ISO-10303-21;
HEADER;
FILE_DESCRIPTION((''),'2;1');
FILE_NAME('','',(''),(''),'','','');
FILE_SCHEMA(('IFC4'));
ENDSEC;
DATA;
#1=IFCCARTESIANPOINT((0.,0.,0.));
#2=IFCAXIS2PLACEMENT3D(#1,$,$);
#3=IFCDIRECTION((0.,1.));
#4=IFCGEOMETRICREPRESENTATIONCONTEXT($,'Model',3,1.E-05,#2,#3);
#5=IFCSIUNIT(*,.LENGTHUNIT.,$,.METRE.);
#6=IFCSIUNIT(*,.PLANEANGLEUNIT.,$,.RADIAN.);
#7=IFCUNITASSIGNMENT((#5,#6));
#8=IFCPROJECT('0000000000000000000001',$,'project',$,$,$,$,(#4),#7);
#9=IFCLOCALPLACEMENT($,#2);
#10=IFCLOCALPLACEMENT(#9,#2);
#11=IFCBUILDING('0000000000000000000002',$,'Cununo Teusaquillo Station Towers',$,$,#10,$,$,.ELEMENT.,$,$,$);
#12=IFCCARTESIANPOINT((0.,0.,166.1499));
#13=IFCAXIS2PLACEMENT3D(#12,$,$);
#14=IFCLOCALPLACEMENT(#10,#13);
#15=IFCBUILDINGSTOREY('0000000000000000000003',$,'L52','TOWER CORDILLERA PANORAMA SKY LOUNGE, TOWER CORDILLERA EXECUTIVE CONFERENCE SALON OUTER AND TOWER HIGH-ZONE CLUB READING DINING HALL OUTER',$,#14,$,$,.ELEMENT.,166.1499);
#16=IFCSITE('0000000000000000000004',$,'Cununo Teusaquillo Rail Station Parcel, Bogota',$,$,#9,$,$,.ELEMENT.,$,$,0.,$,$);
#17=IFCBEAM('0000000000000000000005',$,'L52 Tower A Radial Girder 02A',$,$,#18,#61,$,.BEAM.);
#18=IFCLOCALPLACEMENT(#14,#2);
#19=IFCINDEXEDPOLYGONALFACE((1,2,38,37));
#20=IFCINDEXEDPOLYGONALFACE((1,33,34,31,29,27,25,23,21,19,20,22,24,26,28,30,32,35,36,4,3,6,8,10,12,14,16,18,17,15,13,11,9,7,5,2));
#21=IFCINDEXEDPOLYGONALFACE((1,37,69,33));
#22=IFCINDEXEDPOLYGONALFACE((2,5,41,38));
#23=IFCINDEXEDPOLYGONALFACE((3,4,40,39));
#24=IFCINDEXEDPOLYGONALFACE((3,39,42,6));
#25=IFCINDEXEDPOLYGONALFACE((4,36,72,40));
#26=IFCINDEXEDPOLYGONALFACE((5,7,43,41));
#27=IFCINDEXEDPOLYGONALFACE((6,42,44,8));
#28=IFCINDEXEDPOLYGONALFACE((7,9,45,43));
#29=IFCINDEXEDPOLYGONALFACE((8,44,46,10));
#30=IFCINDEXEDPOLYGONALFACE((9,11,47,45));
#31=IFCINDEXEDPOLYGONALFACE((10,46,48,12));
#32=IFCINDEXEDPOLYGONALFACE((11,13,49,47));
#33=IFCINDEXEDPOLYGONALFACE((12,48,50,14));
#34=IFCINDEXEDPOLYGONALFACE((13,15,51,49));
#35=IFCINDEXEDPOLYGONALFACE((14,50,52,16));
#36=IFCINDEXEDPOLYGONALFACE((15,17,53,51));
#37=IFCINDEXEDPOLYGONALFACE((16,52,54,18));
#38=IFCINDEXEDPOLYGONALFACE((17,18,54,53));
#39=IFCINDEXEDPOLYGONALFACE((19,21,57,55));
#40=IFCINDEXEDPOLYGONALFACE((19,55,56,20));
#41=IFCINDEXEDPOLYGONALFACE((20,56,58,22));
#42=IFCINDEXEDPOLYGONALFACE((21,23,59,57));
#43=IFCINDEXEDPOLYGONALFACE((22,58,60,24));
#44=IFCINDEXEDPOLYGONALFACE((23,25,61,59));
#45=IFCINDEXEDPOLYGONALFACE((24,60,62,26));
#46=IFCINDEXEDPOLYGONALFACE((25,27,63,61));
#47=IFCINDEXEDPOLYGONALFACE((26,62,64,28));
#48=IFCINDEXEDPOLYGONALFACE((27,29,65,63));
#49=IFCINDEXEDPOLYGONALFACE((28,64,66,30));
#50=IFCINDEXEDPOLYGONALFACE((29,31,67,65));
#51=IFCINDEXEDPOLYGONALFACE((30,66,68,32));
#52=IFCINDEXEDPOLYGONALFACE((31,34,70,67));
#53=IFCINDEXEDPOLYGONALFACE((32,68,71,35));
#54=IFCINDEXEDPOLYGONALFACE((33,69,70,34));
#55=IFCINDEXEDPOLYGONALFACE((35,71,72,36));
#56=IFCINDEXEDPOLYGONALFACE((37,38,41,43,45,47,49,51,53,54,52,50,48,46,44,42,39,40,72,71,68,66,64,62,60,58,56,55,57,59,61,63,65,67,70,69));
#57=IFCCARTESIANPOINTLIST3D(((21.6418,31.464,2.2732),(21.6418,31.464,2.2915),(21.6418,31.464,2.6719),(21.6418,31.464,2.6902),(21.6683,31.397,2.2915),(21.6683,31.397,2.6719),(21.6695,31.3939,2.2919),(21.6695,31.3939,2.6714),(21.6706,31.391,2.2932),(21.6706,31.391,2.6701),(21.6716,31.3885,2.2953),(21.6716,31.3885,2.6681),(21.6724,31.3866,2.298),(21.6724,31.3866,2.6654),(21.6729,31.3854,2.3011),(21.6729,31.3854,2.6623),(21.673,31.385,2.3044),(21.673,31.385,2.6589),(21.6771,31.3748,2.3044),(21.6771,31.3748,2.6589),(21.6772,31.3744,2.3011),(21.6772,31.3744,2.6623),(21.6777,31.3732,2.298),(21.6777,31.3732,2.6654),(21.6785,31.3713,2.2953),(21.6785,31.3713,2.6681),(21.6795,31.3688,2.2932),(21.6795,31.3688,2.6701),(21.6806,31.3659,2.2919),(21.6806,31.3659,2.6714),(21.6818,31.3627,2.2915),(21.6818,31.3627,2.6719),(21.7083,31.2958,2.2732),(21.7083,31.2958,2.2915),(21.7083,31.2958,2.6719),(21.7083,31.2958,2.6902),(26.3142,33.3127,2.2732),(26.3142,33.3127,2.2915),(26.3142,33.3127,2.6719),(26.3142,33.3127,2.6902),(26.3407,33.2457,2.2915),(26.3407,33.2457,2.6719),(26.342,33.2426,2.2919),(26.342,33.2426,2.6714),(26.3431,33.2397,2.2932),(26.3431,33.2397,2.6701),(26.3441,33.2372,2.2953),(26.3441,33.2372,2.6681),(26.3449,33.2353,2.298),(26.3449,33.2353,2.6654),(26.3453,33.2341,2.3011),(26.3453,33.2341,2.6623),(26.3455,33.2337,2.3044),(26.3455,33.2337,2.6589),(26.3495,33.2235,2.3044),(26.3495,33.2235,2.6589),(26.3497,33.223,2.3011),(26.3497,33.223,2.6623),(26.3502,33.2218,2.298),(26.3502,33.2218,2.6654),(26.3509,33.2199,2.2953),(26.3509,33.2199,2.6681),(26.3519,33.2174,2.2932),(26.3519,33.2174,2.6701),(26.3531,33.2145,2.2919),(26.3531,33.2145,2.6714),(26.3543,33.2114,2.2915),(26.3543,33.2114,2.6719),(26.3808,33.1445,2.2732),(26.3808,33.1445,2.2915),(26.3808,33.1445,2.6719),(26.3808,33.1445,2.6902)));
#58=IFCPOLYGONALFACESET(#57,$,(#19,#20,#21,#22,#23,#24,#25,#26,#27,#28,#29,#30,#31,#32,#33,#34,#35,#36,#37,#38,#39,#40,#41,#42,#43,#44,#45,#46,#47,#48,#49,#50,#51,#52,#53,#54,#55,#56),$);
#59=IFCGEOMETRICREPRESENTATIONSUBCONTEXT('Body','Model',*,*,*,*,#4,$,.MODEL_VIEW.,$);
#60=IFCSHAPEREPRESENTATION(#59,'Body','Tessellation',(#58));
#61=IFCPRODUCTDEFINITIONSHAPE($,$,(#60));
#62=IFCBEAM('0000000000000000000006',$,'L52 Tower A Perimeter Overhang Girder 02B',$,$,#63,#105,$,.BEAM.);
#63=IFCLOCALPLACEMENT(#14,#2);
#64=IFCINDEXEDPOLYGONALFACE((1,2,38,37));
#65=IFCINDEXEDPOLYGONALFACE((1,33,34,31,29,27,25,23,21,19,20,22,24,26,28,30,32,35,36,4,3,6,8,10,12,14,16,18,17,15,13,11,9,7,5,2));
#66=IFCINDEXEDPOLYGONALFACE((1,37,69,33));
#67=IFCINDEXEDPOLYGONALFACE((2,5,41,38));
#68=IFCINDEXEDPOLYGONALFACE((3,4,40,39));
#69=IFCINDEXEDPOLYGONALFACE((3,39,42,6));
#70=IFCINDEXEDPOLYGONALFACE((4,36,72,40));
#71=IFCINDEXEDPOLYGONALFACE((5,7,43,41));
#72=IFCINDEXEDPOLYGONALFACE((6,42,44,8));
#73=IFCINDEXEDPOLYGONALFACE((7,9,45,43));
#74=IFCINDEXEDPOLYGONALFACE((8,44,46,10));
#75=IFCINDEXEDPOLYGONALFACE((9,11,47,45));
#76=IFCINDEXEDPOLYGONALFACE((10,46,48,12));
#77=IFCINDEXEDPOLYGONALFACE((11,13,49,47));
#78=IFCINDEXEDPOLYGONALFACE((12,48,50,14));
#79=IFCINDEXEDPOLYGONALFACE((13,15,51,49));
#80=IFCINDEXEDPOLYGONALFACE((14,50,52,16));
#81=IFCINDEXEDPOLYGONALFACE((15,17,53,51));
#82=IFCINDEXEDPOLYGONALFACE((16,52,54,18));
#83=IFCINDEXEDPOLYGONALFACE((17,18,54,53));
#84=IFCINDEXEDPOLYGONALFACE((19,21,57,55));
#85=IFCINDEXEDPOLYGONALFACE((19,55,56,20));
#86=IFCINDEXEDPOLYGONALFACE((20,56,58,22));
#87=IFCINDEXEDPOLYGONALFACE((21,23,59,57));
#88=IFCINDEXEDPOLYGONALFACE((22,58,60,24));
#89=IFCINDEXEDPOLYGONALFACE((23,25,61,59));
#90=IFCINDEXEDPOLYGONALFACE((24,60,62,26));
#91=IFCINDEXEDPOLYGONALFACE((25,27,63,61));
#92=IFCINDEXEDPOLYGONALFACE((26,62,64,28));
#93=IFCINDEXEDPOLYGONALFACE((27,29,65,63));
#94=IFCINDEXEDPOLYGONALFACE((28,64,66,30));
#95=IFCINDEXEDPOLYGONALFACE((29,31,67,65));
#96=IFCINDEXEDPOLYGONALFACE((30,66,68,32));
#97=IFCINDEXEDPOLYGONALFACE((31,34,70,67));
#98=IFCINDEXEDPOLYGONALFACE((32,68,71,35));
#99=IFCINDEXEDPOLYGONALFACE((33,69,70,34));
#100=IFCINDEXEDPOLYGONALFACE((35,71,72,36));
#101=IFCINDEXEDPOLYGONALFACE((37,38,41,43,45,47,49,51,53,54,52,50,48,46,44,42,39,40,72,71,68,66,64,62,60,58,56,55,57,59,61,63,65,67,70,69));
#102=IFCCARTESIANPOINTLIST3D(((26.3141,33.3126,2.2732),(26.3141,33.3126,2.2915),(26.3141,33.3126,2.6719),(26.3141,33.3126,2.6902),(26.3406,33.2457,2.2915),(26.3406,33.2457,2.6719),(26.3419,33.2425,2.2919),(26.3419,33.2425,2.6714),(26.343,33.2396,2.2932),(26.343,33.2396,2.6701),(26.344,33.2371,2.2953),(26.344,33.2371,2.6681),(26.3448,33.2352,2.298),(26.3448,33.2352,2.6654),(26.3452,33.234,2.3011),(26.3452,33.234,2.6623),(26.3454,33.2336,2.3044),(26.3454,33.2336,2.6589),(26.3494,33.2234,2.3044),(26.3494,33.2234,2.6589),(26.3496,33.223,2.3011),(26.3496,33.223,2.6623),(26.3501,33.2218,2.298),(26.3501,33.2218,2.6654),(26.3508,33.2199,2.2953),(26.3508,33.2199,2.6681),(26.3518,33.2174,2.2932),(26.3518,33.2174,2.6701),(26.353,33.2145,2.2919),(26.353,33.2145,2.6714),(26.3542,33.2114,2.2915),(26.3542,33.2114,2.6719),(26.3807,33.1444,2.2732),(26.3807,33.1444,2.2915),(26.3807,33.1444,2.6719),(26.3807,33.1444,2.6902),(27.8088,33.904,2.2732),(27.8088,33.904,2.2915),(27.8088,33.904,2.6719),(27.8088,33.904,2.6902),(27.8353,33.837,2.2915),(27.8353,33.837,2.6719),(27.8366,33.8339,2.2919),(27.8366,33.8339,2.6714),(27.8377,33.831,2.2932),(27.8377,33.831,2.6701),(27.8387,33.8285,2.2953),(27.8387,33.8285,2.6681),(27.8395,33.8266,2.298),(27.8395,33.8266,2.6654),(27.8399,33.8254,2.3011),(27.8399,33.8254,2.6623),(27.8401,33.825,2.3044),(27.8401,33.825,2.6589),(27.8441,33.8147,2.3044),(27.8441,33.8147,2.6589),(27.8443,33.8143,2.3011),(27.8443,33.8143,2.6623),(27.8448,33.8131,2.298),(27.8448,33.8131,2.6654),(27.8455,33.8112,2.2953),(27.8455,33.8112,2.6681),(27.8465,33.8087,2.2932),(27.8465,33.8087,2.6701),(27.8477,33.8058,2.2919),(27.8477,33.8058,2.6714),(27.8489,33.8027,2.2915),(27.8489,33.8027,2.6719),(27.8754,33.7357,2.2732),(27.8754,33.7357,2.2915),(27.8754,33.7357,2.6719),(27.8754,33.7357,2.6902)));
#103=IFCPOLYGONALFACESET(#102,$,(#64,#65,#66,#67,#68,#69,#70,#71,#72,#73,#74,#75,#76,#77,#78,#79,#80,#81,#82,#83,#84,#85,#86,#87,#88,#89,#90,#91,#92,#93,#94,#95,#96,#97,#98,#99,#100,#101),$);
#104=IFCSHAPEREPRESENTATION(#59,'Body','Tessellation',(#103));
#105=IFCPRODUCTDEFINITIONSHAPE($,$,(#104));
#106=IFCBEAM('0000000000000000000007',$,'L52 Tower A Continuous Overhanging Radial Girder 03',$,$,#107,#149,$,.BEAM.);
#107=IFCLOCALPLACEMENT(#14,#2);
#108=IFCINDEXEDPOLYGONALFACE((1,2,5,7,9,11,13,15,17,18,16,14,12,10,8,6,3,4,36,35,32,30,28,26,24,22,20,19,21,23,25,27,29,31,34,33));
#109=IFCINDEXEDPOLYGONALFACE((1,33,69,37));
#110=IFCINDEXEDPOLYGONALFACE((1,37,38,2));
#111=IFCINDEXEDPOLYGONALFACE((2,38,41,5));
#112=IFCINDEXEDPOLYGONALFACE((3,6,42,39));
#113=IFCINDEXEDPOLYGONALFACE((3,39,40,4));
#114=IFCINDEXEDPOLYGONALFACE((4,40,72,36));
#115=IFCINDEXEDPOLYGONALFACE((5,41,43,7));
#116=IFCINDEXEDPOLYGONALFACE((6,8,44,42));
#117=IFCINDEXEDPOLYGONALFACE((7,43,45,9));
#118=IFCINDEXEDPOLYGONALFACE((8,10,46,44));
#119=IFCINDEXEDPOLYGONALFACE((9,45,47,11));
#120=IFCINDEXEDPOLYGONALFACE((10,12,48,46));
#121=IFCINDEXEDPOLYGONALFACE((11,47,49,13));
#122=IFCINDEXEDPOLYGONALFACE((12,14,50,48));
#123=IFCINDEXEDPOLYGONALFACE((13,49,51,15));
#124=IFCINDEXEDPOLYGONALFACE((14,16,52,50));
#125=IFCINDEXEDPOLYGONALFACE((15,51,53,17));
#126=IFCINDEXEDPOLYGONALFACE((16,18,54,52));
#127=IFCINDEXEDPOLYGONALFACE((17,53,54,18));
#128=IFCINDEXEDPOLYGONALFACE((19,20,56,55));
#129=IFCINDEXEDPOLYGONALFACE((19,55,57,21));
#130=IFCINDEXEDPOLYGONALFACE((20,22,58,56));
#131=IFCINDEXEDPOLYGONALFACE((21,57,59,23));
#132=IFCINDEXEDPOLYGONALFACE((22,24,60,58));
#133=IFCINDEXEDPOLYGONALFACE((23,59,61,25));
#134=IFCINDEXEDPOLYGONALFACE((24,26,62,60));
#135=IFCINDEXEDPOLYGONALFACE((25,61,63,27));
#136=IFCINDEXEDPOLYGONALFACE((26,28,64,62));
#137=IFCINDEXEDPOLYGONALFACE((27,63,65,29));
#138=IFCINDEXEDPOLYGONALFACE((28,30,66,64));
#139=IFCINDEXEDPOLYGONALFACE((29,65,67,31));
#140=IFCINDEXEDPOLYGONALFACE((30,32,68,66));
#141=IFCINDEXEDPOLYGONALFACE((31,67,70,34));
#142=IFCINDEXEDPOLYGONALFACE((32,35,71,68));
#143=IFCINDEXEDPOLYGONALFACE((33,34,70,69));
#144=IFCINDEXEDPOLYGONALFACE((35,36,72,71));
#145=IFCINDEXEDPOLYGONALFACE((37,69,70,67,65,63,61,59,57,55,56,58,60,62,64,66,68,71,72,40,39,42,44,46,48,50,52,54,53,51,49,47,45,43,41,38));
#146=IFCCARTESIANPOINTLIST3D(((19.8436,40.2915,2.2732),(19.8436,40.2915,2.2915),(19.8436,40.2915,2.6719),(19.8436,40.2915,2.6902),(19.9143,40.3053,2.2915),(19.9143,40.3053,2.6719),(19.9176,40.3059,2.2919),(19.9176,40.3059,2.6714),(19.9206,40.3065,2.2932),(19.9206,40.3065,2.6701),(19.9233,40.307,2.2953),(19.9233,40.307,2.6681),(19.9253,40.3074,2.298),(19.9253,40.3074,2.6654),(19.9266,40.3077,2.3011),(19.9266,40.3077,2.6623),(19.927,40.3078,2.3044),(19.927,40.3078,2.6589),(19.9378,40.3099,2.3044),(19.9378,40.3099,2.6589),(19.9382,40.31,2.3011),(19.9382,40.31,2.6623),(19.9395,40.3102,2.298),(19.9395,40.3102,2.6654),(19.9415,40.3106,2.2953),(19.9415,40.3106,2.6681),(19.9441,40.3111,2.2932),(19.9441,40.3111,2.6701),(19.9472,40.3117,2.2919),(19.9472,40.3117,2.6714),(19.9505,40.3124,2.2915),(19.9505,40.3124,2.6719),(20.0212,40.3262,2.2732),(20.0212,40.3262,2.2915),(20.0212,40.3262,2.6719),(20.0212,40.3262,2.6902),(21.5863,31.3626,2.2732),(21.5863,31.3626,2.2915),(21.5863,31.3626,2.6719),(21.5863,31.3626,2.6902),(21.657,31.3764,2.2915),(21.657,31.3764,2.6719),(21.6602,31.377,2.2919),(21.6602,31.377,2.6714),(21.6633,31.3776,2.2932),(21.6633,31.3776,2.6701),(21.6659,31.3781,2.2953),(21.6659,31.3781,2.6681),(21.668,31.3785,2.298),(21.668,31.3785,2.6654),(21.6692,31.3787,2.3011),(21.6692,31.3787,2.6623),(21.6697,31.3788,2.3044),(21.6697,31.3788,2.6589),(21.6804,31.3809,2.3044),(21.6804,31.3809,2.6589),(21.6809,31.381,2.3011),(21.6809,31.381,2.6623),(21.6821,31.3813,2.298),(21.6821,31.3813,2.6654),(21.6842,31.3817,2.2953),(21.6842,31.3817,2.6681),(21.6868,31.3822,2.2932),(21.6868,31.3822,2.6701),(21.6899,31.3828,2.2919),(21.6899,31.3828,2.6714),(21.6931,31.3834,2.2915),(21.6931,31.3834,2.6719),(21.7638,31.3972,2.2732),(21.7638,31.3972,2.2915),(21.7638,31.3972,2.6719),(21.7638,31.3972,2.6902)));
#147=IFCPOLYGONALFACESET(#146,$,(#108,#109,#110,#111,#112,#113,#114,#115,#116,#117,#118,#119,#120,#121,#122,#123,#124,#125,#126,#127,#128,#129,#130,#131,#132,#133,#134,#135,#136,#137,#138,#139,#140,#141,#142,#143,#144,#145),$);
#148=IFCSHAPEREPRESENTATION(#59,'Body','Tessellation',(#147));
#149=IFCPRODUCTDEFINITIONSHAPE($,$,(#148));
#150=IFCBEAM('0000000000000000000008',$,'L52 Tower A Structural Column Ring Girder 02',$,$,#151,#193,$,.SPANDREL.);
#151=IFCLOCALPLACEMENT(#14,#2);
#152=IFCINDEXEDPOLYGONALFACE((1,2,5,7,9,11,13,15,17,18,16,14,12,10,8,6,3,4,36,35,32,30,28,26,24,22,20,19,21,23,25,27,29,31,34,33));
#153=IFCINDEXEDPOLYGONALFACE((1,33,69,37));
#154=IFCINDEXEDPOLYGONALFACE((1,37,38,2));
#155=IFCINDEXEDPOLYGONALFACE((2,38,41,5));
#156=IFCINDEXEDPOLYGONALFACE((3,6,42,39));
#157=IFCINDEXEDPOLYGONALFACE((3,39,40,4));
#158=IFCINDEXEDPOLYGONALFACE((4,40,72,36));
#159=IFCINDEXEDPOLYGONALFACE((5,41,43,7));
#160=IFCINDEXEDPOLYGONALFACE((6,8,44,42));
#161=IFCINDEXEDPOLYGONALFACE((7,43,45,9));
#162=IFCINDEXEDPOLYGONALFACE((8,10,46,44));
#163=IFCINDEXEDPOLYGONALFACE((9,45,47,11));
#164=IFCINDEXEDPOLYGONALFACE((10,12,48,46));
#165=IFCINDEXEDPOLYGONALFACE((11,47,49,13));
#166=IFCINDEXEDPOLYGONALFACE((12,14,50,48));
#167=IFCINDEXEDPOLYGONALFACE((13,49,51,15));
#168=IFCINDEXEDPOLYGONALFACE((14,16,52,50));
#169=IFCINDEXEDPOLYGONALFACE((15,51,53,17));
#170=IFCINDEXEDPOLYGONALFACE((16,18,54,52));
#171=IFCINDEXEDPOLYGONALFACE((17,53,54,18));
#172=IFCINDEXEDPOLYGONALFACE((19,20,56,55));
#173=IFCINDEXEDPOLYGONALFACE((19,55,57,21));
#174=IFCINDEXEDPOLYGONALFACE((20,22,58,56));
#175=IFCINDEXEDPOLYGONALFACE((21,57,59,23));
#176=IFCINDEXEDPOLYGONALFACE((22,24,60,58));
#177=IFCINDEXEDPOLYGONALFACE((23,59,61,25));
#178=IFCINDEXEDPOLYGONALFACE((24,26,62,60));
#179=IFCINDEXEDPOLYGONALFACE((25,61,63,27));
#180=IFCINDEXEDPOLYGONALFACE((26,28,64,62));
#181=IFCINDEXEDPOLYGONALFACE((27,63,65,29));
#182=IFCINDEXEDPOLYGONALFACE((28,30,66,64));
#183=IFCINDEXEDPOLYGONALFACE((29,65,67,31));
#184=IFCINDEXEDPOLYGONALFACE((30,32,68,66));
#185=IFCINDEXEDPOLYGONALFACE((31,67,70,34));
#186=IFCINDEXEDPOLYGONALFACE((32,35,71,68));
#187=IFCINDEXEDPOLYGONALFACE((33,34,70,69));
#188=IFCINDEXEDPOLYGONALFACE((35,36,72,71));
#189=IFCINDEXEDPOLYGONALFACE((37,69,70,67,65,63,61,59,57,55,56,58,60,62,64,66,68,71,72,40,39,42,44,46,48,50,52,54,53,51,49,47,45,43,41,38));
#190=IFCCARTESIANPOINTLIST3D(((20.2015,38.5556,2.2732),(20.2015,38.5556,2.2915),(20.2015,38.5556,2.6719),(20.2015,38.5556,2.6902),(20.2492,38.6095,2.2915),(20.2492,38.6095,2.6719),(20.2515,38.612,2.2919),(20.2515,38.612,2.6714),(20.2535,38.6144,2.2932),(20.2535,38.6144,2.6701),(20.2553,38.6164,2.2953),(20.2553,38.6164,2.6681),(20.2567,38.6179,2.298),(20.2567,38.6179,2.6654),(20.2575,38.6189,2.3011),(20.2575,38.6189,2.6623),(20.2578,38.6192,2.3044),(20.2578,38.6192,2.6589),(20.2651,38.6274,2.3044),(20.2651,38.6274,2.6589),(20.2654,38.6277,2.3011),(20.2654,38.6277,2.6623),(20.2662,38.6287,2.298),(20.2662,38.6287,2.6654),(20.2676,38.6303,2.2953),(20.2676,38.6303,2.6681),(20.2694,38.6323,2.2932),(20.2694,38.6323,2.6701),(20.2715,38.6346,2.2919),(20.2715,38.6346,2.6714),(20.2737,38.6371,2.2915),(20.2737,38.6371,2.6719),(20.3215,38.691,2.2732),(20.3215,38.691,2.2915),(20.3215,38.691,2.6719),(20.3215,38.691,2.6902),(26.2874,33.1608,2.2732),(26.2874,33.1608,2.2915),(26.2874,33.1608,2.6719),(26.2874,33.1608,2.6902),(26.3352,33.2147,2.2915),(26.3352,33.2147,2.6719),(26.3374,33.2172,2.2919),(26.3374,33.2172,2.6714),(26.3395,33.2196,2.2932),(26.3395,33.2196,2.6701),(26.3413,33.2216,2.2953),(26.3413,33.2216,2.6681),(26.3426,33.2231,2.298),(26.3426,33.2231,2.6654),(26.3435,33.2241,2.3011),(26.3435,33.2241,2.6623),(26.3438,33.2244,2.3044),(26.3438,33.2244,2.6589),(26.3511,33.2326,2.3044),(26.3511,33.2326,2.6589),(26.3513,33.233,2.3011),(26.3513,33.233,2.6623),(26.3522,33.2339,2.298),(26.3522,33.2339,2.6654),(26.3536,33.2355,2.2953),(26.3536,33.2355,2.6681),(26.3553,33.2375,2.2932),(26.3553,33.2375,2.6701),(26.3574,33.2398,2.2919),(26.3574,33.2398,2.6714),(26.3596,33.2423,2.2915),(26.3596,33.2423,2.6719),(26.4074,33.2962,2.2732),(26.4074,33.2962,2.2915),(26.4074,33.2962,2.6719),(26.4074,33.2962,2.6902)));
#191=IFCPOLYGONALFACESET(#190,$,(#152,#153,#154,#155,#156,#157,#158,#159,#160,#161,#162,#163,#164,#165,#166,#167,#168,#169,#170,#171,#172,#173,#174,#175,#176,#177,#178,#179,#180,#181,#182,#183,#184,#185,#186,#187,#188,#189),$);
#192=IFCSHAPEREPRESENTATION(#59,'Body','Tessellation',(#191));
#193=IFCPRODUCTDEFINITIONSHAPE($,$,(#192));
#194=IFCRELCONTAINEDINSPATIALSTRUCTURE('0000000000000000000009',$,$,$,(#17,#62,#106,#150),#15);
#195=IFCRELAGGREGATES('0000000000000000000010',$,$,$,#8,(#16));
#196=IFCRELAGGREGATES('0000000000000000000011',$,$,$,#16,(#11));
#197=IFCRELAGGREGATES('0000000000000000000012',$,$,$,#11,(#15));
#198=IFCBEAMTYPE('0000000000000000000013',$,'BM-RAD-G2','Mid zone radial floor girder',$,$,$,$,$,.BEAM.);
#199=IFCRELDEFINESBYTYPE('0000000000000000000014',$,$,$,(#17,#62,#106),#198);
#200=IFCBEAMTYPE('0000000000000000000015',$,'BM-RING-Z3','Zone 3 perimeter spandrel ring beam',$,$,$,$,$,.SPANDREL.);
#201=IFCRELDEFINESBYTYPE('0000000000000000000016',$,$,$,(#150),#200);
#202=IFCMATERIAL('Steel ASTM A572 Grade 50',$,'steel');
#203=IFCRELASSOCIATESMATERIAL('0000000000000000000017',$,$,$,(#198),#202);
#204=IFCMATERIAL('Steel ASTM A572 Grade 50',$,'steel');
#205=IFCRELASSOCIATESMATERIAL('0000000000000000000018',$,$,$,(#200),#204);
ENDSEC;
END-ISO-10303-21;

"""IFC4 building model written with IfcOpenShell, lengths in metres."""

from ifc_helpers import new_model, si_unit, direction, frame, origin, origin_2d, place, context, subcontext, project, spatial, i_section, extrude, material, material_profile, profile_set, type_object, element, save


model = new_model("IFC4")

# Units and contexts
model_context = context("Model", 3, precision=1e-05, world=origin(), true_north=direction((0.0, 1.0)))
body_context = subcontext(model_context, "Body", "Model", "MODEL_VIEW")
ifc_project = project(units=[si_unit("LENGTHUNIT", "METRE"), si_unit("PLANEANGLEUNIT", "RADIAN")], contexts=[model_context])

# Site, building, storey
site_placement = place(None, origin())
site = spatial("IfcSite", under=ifc_project, at=site_placement, Name="Cununo Teusaquillo Rail Station Parcel, Bogota", CompositionType="ELEMENT", RefElevation=0.0)
building_placement = place(site_placement, origin())
building = spatial("IfcBuilding", under=site, at=building_placement, Name="Cununo Teusaquillo Station Towers", CompositionType="ELEMENT")
storey_placement = place(building_placement, frame((0.0, 0.0, 166.1499)))
storey = spatial("IfcBuildingStorey", under=building, at=storey_placement, Name="L52", Description="TOWER CORDILLERA PANORAMA SKY LOUNGE, TOWER CORDILLERA EXECUTIVE CONFERENCE SALON OUTER AND TOWER HIGH-ZONE CLUB READING DINING HALL OUTER", CompositionType="ELEMENT", Elevation=166.1499)

# Beams
ifc_material_1 = material(Name="Steel ASTM A572 Grade 50", Category="steel")
ifc_material_profile_1 = material_profile(ifc_material_1, i_section(OverallWidth=0.1809, OverallDepth=0.417, WebThickness=0.011, FlangeThickness=0.0183, FilletRadius=0.0129, at=origin_2d()), Name="W16X57")
ifc_profile_set_1 = profile_set([ifc_material_profile_1], Name="Steel ASTM A572 Grade 50")
beam_type_1 = type_object("IfcBeamType", Name="BM-RAD-G2", Description="Mid zone radial floor girder", PredefinedType="BEAM", material=ifc_profile_set_1)
beam_1_placement = place(storey_placement, frame((21.675, 31.3799, 2.4817), z_axis=(0.929864, 0.367903, 0.0), x_axis=(-0.367903, 0.929864, 0.0)))
element("IfcBeam", 1, at=beam_1_placement, inside=storey, type_object=beam_type_1, Name="L52 Tower A Radial Girder 02A", PredefinedType="BEAM", context=body_context, shape_type="SweptSolid", body=[
    extrude(i_section(OverallWidth=0.1809, OverallDepth=0.417, WebThickness=0.011, FlangeThickness=0.0183, FilletRadius=0.0129, at=origin_2d()), origin(), (0.0, 0.0, 1.0), 5.0249),
])
beam_2_placement = place(storey_placement, frame((26.3474, 33.2285, 2.4817), z_axis=(0.929874, 0.367879, 0.0), x_axis=(-0.367879, 0.929874, 0.0)))
element("IfcBeam", 2, at=beam_2_placement, inside=storey, type_object=beam_type_1, Name="L52 Tower A Perimeter Overhang Girder 02B", PredefinedType="BEAM", context=body_context, shape_type="SweptSolid", body=[
    extrude(i_section(OverallWidth=0.1809, OverallDepth=0.417, WebThickness=0.011, FlangeThickness=0.0183, FilletRadius=0.0129, at=origin_2d()), origin(), (0.0, 0.0, 1.0), 1.6074),
])
beam_3_placement = place(storey_placement, frame((21.675, 31.3799, 2.4817), z_axis=(-0.191557, 0.981481, 0.0), x_axis=(-0.981481, -0.191557, 0.0)))
element("IfcBeam", 3, at=beam_3_placement, inside=storey, type_object=beam_type_1, Name="L52 Tower A Continuous Overhanging Radial Girder 03", PredefinedType="BEAM", context=body_context, shape_type="SweptSolid", body=[
    extrude(i_section(OverallWidth=0.1809, OverallDepth=0.417, WebThickness=0.011, FlangeThickness=0.0183, FilletRadius=0.0129, at=origin_2d()), origin(), (0.0, 0.0, 1.0), 9.0974),
])
ifc_material_2 = material(Name="Steel ASTM A572 Grade 50", Category="steel")
ifc_material_profile_2 = material_profile(ifc_material_2, i_section(OverallWidth=0.1809, OverallDepth=0.417, WebThickness=0.011, FlangeThickness=0.0183, FilletRadius=0.0129, at=origin_2d()), Name="W16X57")
ifc_profile_set_2 = profile_set([ifc_material_profile_2], Name="Steel ASTM A572 Grade 50")
beam_type_2 = type_object("IfcBeamType", Name="BM-RING-Z3", Description="Zone 3 perimeter spandrel ring beam", PredefinedType="SPANDREL", material=ifc_profile_set_2)
beam_4_placement = place(storey_placement, frame((26.3474, 33.2285, 2.4817), z_axis=(-0.748321, 0.663337, 0.0), x_axis=(-0.663337, -0.748321, 0.0)))
element("IfcBeam", 4, at=beam_4_placement, inside=storey, type_object=beam_type_2, Name="L52 Tower A Structural Column Ring Girder 02", PredefinedType="SPANDREL", context=body_context, shape_type="SweptSolid", body=[
    extrude(i_section(OverallWidth=0.1809, OverallDepth=0.417, WebThickness=0.011, FlangeThickness=0.0183, FilletRadius=0.0129, at=origin_2d()), origin(), (0.0, 0.0, 1.0), 8.1328),
])

save(model, "model.ifc")
